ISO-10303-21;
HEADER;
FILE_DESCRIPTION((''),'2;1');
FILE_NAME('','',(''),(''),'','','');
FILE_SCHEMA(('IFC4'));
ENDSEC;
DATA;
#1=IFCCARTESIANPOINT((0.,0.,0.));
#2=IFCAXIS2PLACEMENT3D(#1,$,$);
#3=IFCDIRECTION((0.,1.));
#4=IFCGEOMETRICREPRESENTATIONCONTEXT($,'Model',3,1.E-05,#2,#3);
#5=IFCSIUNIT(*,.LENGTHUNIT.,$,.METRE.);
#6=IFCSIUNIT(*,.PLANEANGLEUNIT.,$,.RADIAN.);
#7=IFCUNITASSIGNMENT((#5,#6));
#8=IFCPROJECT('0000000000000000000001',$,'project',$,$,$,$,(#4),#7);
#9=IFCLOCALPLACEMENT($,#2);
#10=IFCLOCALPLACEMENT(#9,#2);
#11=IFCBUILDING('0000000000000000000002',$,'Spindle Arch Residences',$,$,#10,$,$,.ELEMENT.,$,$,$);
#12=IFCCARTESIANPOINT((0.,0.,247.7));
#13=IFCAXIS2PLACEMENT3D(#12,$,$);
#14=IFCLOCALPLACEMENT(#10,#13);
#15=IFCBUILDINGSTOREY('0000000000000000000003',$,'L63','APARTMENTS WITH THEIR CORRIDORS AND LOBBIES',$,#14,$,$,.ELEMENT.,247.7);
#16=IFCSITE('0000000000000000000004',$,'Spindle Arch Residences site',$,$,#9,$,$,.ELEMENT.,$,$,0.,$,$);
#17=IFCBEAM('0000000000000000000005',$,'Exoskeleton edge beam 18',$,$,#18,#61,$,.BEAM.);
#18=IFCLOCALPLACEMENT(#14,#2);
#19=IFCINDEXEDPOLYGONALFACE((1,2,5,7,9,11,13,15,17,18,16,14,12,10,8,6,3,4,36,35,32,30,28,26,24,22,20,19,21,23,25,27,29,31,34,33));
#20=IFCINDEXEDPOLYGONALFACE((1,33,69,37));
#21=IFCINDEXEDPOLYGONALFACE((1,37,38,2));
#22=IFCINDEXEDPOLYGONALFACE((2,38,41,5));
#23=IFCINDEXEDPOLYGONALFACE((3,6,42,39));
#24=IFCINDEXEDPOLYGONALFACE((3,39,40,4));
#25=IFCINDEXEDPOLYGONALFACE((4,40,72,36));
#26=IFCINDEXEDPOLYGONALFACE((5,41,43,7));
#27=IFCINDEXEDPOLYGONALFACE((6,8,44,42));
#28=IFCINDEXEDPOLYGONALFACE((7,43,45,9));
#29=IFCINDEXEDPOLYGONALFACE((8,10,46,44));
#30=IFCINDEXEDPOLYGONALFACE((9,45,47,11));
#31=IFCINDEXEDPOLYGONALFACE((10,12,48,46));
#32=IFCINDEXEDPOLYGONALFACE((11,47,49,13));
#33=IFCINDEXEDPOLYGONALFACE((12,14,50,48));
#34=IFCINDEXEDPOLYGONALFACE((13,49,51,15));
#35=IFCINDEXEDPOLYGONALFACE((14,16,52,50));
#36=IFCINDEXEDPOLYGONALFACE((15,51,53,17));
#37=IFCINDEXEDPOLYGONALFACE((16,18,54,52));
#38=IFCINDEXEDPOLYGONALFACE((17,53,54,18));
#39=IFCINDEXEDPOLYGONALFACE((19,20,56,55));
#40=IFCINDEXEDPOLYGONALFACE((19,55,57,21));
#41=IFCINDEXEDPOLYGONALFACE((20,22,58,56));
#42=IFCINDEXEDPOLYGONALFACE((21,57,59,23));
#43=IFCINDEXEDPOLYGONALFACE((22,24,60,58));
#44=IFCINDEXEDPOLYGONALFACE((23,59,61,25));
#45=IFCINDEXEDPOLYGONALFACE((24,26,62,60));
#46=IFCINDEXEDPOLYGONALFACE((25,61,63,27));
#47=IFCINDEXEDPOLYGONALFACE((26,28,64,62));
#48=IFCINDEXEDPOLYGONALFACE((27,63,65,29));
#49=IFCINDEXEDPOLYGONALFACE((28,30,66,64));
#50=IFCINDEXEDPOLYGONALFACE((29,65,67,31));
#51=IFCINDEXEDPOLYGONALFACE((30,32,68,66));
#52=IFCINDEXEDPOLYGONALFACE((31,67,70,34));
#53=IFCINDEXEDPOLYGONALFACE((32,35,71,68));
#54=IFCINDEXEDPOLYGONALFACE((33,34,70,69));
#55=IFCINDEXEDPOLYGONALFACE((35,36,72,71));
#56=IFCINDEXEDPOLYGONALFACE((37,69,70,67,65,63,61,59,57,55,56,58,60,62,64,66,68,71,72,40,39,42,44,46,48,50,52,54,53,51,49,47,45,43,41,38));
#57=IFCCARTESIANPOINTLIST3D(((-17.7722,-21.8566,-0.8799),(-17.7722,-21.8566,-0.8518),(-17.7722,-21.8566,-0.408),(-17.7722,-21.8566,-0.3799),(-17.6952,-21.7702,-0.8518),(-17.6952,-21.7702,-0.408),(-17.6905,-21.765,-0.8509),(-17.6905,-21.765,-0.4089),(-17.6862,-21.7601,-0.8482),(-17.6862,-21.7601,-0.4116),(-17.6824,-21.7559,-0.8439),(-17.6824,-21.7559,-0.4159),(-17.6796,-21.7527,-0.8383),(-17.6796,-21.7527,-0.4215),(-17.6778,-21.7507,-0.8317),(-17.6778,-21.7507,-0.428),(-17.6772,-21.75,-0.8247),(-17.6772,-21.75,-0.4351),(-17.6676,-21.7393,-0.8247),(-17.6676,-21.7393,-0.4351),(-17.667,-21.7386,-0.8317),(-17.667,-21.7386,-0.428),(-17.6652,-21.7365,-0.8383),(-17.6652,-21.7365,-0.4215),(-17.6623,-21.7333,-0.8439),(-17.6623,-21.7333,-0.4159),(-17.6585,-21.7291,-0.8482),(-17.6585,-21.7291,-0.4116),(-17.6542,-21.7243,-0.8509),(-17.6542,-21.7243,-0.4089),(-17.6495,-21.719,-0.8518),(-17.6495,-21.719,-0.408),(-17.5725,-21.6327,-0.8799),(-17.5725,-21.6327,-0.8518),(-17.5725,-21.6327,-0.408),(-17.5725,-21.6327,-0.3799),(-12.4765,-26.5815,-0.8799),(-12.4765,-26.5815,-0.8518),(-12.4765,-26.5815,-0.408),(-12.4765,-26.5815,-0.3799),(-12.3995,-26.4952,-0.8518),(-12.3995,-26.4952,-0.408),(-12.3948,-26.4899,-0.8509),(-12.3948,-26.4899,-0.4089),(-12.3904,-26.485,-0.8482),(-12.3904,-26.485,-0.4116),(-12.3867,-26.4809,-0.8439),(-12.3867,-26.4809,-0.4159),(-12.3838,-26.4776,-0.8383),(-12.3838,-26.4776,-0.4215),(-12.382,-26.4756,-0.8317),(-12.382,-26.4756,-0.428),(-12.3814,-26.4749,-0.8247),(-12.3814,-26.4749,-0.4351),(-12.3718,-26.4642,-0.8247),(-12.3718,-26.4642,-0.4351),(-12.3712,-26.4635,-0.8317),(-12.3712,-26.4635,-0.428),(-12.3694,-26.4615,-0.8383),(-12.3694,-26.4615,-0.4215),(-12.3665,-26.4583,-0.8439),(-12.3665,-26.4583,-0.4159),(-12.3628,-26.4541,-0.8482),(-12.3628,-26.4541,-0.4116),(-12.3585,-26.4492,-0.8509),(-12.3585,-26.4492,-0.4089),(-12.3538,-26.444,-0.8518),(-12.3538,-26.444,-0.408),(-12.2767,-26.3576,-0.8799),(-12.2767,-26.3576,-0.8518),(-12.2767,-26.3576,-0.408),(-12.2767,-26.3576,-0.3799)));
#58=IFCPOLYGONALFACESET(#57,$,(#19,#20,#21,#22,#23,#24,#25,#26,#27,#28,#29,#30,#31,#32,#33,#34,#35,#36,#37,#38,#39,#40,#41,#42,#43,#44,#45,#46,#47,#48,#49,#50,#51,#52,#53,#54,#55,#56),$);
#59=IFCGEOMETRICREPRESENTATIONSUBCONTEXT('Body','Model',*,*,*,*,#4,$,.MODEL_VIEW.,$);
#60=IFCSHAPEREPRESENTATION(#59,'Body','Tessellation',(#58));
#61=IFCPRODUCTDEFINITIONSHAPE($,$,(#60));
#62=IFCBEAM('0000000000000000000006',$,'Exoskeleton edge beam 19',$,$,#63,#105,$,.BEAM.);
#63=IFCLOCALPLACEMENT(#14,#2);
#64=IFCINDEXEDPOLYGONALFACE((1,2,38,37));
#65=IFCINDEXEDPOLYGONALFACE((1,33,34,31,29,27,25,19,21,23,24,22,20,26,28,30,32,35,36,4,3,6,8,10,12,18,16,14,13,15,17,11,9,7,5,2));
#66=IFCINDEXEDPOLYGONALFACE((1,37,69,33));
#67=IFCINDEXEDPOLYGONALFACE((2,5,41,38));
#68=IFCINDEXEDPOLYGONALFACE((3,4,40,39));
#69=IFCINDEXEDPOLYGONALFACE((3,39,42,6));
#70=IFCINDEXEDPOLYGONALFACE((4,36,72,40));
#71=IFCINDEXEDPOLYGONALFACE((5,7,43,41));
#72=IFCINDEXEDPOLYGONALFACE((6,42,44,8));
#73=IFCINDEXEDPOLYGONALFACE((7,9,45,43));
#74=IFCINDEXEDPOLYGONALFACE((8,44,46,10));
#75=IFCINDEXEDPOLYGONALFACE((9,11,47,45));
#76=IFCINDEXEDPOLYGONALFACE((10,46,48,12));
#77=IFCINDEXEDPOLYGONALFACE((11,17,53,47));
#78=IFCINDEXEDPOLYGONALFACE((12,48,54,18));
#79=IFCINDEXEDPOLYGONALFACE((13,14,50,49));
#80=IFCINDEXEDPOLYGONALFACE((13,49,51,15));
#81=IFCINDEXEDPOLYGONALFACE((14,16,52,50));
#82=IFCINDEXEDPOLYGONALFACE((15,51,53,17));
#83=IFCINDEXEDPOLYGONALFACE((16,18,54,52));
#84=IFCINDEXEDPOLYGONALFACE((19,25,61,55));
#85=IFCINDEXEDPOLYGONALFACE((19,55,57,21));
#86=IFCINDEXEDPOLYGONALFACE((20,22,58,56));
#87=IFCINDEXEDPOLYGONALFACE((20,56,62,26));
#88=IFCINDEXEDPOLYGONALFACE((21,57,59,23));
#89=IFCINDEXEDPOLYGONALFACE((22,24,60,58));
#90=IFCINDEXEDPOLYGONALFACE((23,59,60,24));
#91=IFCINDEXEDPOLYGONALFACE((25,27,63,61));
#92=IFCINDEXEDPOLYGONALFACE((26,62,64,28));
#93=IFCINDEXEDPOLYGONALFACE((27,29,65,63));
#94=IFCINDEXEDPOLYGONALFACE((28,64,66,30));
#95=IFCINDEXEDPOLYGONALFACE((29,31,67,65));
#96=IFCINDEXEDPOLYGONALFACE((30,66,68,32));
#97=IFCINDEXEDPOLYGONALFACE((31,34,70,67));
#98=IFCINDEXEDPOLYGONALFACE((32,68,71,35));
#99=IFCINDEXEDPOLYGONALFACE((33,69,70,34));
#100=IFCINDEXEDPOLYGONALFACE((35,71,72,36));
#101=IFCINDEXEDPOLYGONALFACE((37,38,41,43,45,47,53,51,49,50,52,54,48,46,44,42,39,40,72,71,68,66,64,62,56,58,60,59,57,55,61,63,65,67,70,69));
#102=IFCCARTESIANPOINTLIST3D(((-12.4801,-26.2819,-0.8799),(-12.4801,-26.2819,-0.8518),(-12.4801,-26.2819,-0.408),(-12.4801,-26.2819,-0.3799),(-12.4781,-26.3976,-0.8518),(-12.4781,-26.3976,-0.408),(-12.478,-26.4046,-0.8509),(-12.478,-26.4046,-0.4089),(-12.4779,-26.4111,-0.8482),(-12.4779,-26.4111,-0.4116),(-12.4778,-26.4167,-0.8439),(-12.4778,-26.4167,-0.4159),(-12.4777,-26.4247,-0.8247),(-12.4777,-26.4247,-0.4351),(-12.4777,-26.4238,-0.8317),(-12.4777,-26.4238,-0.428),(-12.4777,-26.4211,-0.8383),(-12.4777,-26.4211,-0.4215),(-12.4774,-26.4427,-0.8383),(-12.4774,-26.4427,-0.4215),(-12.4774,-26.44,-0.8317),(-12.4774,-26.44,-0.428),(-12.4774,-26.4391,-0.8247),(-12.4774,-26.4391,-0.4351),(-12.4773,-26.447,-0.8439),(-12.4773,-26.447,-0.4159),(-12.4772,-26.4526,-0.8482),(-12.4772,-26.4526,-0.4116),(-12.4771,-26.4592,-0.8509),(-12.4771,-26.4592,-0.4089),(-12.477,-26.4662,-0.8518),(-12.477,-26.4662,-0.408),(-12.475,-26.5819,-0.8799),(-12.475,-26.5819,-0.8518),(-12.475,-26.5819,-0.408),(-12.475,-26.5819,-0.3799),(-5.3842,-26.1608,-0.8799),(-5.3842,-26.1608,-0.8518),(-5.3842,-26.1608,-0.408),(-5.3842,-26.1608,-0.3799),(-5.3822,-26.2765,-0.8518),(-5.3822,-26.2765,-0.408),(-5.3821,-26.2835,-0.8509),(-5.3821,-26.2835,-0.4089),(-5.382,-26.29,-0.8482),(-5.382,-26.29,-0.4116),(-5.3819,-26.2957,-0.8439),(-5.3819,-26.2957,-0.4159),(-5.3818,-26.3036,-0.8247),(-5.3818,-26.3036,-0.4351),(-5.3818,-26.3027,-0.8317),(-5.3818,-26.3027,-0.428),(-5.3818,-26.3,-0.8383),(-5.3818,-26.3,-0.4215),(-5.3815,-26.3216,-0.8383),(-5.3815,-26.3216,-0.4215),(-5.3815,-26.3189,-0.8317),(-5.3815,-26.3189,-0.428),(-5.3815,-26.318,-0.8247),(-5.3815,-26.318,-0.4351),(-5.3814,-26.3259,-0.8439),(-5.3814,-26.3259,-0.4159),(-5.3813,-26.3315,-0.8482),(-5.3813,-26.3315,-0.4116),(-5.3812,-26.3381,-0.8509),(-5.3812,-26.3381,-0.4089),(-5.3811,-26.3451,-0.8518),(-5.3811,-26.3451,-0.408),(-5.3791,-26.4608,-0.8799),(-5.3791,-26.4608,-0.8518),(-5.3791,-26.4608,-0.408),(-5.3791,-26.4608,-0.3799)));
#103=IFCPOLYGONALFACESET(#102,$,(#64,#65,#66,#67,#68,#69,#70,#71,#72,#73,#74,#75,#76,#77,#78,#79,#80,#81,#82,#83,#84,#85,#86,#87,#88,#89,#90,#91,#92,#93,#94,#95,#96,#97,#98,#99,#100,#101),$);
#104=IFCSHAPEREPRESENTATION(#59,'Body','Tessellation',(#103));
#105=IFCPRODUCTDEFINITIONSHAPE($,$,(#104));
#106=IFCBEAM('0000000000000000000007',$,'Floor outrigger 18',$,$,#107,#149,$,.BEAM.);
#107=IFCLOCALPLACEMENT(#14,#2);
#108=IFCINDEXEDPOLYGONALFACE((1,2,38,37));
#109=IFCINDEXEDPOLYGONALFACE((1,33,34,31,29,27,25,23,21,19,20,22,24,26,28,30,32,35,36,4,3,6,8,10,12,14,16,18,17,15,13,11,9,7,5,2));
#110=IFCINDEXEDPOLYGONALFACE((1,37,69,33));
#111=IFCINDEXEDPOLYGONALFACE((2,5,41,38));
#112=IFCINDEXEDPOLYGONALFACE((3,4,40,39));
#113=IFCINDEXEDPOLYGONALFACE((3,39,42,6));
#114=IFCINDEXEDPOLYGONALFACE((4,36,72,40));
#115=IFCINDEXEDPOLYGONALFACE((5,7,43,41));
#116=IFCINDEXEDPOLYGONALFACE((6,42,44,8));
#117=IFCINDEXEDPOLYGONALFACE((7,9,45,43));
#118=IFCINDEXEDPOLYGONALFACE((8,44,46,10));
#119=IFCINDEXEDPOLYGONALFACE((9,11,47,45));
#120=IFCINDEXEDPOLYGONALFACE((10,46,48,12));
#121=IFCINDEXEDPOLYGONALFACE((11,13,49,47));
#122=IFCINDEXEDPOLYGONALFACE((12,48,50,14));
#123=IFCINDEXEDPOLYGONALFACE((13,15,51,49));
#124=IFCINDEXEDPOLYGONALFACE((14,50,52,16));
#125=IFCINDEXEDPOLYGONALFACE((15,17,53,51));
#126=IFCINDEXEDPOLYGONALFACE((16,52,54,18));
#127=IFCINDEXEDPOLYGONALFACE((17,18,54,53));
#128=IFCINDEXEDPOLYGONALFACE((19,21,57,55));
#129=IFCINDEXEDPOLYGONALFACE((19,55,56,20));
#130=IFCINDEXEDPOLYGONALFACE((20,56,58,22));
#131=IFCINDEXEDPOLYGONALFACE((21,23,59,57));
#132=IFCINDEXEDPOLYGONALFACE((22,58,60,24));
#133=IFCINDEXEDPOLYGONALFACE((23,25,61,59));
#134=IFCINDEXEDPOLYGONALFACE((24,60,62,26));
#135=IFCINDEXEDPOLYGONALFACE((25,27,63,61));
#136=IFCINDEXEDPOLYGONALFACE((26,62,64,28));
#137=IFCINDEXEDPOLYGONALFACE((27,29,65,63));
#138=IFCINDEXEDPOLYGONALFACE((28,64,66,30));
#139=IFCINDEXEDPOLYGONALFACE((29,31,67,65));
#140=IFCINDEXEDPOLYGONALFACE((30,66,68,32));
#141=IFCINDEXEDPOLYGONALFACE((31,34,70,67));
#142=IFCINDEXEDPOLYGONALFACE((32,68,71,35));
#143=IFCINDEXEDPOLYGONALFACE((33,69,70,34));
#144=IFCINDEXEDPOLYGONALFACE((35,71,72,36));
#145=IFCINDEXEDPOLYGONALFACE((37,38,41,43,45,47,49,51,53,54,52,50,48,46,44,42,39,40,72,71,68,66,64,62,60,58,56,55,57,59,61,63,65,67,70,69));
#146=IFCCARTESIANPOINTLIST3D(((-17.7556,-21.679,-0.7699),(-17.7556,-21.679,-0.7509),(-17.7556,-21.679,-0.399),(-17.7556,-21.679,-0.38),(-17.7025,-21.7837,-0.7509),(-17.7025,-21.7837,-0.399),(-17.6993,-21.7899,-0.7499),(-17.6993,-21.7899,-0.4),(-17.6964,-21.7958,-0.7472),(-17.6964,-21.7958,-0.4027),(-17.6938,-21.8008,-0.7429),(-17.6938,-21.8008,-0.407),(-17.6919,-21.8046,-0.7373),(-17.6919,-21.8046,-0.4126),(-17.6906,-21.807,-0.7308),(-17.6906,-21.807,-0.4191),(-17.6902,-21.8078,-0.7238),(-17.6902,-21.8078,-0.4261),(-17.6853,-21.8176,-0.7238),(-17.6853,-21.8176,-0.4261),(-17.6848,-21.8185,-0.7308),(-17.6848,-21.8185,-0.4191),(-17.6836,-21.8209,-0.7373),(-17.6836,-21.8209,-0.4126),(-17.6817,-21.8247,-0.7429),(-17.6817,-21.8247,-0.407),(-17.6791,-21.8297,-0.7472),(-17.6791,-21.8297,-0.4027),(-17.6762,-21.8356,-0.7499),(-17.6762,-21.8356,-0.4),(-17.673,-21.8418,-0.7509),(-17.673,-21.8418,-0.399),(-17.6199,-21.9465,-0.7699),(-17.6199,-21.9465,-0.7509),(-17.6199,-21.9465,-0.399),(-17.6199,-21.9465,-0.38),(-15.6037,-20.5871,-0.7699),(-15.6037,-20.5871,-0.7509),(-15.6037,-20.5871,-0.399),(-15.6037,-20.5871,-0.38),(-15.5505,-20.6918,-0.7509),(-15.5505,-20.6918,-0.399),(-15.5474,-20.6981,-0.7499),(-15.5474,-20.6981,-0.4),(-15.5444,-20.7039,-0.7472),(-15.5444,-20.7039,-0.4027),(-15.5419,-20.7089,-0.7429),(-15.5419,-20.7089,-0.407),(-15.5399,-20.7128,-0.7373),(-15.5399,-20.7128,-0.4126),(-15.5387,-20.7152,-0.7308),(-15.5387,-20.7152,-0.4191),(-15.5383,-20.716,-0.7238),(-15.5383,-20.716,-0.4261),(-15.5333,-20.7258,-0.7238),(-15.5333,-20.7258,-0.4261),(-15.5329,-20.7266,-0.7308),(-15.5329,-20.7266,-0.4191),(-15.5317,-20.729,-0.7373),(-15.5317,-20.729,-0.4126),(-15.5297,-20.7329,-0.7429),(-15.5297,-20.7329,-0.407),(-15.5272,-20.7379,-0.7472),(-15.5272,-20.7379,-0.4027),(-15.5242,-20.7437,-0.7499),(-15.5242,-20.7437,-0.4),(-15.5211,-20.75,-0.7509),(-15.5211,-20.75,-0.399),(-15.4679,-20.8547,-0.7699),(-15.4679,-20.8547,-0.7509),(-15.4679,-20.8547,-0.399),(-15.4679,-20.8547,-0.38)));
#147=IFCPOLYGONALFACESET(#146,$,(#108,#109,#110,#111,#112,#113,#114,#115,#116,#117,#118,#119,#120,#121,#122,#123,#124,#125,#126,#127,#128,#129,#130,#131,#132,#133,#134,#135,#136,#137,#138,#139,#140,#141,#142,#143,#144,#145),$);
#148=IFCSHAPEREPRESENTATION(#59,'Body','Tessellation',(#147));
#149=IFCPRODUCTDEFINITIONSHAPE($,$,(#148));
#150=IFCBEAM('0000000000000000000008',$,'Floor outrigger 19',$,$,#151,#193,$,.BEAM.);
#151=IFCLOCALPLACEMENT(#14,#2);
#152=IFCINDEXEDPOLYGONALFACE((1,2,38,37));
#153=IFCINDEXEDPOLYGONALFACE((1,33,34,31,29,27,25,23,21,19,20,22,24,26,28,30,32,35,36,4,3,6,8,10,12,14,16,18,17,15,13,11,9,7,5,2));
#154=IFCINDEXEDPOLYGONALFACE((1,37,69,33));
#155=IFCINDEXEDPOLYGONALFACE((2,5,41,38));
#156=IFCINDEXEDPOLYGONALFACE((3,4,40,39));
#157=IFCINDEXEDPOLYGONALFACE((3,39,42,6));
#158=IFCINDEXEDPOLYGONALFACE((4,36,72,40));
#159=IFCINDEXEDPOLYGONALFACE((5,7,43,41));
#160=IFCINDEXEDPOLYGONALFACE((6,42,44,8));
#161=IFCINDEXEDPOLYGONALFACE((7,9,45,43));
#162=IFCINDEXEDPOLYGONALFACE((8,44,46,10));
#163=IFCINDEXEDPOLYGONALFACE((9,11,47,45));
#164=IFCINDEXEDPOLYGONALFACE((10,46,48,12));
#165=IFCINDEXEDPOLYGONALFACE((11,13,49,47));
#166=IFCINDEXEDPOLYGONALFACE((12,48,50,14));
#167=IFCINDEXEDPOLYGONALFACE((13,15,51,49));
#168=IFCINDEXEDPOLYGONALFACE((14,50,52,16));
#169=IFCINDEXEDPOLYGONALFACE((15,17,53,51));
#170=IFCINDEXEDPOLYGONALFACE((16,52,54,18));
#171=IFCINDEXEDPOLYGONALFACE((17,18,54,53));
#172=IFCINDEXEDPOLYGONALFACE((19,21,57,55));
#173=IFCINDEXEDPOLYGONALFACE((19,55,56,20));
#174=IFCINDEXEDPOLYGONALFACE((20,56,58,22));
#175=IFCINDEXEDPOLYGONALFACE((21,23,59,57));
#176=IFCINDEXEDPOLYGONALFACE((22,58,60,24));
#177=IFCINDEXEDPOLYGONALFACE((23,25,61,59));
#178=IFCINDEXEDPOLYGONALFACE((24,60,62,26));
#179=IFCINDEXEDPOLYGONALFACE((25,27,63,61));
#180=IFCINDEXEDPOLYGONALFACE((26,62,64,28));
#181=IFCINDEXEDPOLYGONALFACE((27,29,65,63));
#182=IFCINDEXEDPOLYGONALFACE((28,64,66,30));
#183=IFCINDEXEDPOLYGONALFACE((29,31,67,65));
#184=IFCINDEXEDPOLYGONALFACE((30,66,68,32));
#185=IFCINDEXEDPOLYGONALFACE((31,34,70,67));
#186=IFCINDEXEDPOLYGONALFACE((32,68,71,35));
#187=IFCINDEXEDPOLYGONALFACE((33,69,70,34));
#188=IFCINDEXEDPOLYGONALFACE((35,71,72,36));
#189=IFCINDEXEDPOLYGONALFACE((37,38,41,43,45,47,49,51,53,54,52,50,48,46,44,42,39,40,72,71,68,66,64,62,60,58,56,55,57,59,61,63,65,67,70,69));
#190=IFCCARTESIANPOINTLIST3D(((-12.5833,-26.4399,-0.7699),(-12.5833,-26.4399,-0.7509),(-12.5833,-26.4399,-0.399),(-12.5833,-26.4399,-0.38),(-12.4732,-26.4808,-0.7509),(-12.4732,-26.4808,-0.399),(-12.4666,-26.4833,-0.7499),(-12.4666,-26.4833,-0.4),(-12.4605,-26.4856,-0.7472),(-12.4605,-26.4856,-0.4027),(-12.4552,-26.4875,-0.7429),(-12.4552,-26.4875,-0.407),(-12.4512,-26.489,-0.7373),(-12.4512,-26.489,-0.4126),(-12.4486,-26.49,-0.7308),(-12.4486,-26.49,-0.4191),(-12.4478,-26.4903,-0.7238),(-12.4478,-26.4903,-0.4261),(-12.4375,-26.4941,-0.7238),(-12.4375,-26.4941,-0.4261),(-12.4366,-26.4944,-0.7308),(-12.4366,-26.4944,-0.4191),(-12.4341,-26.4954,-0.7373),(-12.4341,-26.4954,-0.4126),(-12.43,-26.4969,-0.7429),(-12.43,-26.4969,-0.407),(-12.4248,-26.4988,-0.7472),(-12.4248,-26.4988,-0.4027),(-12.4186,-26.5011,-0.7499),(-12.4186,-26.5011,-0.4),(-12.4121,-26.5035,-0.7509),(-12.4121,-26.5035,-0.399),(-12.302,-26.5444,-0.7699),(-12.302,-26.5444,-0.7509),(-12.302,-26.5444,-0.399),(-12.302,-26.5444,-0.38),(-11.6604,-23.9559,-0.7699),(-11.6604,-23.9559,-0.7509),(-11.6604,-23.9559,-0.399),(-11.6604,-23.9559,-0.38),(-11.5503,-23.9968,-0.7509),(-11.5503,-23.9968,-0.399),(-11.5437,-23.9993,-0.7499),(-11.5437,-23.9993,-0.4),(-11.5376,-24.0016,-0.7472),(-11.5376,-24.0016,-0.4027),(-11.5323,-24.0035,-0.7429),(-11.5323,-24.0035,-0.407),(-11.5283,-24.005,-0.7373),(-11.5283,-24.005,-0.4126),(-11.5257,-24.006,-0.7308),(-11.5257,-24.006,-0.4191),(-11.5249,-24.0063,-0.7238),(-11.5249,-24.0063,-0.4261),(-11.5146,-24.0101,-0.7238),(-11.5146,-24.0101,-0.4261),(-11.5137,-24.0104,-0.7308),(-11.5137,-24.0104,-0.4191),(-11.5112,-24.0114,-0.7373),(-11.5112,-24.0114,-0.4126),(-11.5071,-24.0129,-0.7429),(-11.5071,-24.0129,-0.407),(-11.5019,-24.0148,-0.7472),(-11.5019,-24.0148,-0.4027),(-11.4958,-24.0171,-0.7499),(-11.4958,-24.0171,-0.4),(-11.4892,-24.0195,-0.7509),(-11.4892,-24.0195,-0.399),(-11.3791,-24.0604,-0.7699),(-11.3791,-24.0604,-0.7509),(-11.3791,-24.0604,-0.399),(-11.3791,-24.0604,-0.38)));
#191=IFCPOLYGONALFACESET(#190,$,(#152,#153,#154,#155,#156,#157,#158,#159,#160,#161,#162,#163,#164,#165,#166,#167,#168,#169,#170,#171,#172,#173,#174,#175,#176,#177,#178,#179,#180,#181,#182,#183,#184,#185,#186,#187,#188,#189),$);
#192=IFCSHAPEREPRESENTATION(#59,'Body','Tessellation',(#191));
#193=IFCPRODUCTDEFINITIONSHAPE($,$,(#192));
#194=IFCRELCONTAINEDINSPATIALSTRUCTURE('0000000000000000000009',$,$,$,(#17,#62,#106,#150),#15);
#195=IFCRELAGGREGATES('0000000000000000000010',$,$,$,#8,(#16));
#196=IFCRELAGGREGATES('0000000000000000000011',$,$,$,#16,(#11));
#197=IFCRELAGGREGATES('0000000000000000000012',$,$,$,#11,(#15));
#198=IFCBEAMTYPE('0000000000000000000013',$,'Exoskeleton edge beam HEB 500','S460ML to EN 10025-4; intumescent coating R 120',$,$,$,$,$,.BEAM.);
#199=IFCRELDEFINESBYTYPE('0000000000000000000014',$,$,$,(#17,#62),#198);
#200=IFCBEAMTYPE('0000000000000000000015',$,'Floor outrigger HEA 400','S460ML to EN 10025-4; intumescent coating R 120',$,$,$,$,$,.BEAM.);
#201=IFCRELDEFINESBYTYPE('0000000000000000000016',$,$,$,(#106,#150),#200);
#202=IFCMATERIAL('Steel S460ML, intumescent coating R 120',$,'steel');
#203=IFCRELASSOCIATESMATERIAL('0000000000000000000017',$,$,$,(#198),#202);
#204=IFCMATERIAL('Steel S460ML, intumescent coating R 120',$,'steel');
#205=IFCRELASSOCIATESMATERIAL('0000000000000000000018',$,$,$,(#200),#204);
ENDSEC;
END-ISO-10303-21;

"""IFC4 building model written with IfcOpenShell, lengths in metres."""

from ifc_helpers import new_model, si_unit, direction, frame, origin, origin_2d, place, context, subcontext, project, spatial, i_section, extrude, material, material_profile, profile_set, type_object, element, save


model = new_model("IFC4")

# Units and contexts
model_context = context("Model", 3, precision=1e-05, world=origin(), true_north=direction((0.0, 1.0)))
body_context = subcontext(model_context, "Body", "Model", "MODEL_VIEW")
ifc_project = project(units=[si_unit("LENGTHUNIT", "METRE"), si_unit("PLANEANGLEUNIT", "RADIAN")], contexts=[model_context])

# Site, building, storey
site_placement = place(None, origin())
site = spatial("IfcSite", under=ifc_project, at=site_placement, Name="Spindle Arch Residences site", CompositionType="ELEMENT", RefElevation=0.0)
building_placement = place(site_placement, origin())
building = spatial("IfcBuilding", under=site, at=building_placement, Name="Spindle Arch Residences", CompositionType="ELEMENT")
storey_placement = place(building_placement, frame((0.0, 0.0, 247.7)))
storey = spatial("IfcBuildingStorey", under=building, at=storey_placement, Name="L63", Description="APARTMENTS WITH THEIR CORRIDORS AND LOBBIES", CompositionType="ELEMENT", Elevation=247.7)

# Beams
ifc_material_1 = material(Name="Steel S460ML, intumescent coating R 120", Category="steel")
ifc_material_profile_1 = material_profile(ifc_material_1, i_section(OverallWidth=0.3, OverallDepth=0.5, WebThickness=0.0144, FlangeThickness=0.0281, FilletRadius=0.0271, at=origin_2d()), Name="HEB 500")
ifc_profile_set_1 = profile_set([ifc_material_profile_1], Name="Steel S460ML, intumescent coating R 120")
beam_type_1 = type_object("IfcBeamType", Name="Exoskeleton edge beam HEB 500", Description="S460ML to EN 10025-4; intumescent coating R 120", PredefinedType="BEAM", material=ifc_profile_set_1)
beam_1_placement = place(storey_placement, frame((-17.6724, -21.7446, -0.6299), z_axis=(0.746176, -0.665748, 0.0), x_axis=(0.665748, 0.746176, 0.0)))
element("IfcBeam", 1, at=beam_1_placement, inside=storey, type_object=beam_type_1, Name="Exoskeleton edge beam 18", PredefinedType="BEAM", context=body_context, shape_type="SweptSolid", body=[
    extrude(i_section(OverallWidth=0.3, OverallDepth=0.5, WebThickness=0.0144, FlangeThickness=0.0281, FilletRadius=0.0271, at=origin_2d()), origin(), (0.0, 0.0, 1.0), 7.0972),
])
beam_2_placement = place(storey_placement, frame((-12.4775, -26.4319, -0.6299), z_axis=(0.999854, 0.017063, 0.0), x_axis=(-0.017063, 0.999854, 0.0)))
element("IfcBeam", 2, at=beam_2_placement, inside=storey, type_object=beam_type_1, Name="Exoskeleton edge beam 19", PredefinedType="BEAM", context=body_context, shape_type="SweptSolid", body=[
    extrude(i_section(OverallWidth=0.3, OverallDepth=0.5, WebThickness=0.0144, FlangeThickness=0.0281, FilletRadius=0.0271, at=origin_2d()), origin(), (0.0, 0.0, 1.0), 7.0969),
])
ifc_material_2 = material(Name="Steel S460ML, intumescent coating R 120", Category="steel")
ifc_material_profile_2 = material_profile(ifc_material_2, i_section(OverallWidth=0.3, OverallDepth=0.3899, WebThickness=0.011, FlangeThickness=0.019, FilletRadius=0.0271, at=origin_2d()), Name="HEA 400")
ifc_profile_set_2 = profile_set([ifc_material_profile_2], Name="Steel S460ML, intumescent coating R 120")
beam_type_2 = type_object("IfcBeamType", Name="Floor outrigger HEA 400", Description="S460ML to EN 10025-4; intumescent coating R 120", PredefinedType="BEAM", material=ifc_profile_set_2)
beam_3_placement = place(storey_placement, frame((-17.6877, -21.8127, -0.575), z_axis=(0.891781, 0.452467, 0.0), x_axis=(-0.452467, 0.891781, 0.0)))
element("IfcBeam", 3, at=beam_3_placement, inside=storey, type_object=beam_type_2, Name="Floor outrigger 18", PredefinedType="BEAM", context=body_context, shape_type="SweptSolid", body=[
    extrude(i_section(OverallWidth=0.3, OverallDepth=0.3899, WebThickness=0.011, FlangeThickness=0.019, FilletRadius=0.0271, at=origin_2d()), origin(), (0.0, 0.0, 1.0), 2.4131),
])
beam_4_placement = place(storey_placement, frame((-12.4426, -26.4922, -0.575), z_axis=(0.348274, 0.937393, 0.0), x_axis=(-0.937393, 0.348274, 0.0)))
element("IfcBeam", 4, at=beam_4_placement, inside=storey, type_object=beam_type_2, Name="Floor outrigger 19", PredefinedType="BEAM", context=body_context, shape_type="SweptSolid", body=[
    extrude(i_section(OverallWidth=0.3, OverallDepth=0.3899, WebThickness=0.011, FlangeThickness=0.019, FilletRadius=0.0271, at=origin_2d()), origin(), (0.0, 0.0, 1.0), 2.6499),
])

save(model, "model.ifc")
